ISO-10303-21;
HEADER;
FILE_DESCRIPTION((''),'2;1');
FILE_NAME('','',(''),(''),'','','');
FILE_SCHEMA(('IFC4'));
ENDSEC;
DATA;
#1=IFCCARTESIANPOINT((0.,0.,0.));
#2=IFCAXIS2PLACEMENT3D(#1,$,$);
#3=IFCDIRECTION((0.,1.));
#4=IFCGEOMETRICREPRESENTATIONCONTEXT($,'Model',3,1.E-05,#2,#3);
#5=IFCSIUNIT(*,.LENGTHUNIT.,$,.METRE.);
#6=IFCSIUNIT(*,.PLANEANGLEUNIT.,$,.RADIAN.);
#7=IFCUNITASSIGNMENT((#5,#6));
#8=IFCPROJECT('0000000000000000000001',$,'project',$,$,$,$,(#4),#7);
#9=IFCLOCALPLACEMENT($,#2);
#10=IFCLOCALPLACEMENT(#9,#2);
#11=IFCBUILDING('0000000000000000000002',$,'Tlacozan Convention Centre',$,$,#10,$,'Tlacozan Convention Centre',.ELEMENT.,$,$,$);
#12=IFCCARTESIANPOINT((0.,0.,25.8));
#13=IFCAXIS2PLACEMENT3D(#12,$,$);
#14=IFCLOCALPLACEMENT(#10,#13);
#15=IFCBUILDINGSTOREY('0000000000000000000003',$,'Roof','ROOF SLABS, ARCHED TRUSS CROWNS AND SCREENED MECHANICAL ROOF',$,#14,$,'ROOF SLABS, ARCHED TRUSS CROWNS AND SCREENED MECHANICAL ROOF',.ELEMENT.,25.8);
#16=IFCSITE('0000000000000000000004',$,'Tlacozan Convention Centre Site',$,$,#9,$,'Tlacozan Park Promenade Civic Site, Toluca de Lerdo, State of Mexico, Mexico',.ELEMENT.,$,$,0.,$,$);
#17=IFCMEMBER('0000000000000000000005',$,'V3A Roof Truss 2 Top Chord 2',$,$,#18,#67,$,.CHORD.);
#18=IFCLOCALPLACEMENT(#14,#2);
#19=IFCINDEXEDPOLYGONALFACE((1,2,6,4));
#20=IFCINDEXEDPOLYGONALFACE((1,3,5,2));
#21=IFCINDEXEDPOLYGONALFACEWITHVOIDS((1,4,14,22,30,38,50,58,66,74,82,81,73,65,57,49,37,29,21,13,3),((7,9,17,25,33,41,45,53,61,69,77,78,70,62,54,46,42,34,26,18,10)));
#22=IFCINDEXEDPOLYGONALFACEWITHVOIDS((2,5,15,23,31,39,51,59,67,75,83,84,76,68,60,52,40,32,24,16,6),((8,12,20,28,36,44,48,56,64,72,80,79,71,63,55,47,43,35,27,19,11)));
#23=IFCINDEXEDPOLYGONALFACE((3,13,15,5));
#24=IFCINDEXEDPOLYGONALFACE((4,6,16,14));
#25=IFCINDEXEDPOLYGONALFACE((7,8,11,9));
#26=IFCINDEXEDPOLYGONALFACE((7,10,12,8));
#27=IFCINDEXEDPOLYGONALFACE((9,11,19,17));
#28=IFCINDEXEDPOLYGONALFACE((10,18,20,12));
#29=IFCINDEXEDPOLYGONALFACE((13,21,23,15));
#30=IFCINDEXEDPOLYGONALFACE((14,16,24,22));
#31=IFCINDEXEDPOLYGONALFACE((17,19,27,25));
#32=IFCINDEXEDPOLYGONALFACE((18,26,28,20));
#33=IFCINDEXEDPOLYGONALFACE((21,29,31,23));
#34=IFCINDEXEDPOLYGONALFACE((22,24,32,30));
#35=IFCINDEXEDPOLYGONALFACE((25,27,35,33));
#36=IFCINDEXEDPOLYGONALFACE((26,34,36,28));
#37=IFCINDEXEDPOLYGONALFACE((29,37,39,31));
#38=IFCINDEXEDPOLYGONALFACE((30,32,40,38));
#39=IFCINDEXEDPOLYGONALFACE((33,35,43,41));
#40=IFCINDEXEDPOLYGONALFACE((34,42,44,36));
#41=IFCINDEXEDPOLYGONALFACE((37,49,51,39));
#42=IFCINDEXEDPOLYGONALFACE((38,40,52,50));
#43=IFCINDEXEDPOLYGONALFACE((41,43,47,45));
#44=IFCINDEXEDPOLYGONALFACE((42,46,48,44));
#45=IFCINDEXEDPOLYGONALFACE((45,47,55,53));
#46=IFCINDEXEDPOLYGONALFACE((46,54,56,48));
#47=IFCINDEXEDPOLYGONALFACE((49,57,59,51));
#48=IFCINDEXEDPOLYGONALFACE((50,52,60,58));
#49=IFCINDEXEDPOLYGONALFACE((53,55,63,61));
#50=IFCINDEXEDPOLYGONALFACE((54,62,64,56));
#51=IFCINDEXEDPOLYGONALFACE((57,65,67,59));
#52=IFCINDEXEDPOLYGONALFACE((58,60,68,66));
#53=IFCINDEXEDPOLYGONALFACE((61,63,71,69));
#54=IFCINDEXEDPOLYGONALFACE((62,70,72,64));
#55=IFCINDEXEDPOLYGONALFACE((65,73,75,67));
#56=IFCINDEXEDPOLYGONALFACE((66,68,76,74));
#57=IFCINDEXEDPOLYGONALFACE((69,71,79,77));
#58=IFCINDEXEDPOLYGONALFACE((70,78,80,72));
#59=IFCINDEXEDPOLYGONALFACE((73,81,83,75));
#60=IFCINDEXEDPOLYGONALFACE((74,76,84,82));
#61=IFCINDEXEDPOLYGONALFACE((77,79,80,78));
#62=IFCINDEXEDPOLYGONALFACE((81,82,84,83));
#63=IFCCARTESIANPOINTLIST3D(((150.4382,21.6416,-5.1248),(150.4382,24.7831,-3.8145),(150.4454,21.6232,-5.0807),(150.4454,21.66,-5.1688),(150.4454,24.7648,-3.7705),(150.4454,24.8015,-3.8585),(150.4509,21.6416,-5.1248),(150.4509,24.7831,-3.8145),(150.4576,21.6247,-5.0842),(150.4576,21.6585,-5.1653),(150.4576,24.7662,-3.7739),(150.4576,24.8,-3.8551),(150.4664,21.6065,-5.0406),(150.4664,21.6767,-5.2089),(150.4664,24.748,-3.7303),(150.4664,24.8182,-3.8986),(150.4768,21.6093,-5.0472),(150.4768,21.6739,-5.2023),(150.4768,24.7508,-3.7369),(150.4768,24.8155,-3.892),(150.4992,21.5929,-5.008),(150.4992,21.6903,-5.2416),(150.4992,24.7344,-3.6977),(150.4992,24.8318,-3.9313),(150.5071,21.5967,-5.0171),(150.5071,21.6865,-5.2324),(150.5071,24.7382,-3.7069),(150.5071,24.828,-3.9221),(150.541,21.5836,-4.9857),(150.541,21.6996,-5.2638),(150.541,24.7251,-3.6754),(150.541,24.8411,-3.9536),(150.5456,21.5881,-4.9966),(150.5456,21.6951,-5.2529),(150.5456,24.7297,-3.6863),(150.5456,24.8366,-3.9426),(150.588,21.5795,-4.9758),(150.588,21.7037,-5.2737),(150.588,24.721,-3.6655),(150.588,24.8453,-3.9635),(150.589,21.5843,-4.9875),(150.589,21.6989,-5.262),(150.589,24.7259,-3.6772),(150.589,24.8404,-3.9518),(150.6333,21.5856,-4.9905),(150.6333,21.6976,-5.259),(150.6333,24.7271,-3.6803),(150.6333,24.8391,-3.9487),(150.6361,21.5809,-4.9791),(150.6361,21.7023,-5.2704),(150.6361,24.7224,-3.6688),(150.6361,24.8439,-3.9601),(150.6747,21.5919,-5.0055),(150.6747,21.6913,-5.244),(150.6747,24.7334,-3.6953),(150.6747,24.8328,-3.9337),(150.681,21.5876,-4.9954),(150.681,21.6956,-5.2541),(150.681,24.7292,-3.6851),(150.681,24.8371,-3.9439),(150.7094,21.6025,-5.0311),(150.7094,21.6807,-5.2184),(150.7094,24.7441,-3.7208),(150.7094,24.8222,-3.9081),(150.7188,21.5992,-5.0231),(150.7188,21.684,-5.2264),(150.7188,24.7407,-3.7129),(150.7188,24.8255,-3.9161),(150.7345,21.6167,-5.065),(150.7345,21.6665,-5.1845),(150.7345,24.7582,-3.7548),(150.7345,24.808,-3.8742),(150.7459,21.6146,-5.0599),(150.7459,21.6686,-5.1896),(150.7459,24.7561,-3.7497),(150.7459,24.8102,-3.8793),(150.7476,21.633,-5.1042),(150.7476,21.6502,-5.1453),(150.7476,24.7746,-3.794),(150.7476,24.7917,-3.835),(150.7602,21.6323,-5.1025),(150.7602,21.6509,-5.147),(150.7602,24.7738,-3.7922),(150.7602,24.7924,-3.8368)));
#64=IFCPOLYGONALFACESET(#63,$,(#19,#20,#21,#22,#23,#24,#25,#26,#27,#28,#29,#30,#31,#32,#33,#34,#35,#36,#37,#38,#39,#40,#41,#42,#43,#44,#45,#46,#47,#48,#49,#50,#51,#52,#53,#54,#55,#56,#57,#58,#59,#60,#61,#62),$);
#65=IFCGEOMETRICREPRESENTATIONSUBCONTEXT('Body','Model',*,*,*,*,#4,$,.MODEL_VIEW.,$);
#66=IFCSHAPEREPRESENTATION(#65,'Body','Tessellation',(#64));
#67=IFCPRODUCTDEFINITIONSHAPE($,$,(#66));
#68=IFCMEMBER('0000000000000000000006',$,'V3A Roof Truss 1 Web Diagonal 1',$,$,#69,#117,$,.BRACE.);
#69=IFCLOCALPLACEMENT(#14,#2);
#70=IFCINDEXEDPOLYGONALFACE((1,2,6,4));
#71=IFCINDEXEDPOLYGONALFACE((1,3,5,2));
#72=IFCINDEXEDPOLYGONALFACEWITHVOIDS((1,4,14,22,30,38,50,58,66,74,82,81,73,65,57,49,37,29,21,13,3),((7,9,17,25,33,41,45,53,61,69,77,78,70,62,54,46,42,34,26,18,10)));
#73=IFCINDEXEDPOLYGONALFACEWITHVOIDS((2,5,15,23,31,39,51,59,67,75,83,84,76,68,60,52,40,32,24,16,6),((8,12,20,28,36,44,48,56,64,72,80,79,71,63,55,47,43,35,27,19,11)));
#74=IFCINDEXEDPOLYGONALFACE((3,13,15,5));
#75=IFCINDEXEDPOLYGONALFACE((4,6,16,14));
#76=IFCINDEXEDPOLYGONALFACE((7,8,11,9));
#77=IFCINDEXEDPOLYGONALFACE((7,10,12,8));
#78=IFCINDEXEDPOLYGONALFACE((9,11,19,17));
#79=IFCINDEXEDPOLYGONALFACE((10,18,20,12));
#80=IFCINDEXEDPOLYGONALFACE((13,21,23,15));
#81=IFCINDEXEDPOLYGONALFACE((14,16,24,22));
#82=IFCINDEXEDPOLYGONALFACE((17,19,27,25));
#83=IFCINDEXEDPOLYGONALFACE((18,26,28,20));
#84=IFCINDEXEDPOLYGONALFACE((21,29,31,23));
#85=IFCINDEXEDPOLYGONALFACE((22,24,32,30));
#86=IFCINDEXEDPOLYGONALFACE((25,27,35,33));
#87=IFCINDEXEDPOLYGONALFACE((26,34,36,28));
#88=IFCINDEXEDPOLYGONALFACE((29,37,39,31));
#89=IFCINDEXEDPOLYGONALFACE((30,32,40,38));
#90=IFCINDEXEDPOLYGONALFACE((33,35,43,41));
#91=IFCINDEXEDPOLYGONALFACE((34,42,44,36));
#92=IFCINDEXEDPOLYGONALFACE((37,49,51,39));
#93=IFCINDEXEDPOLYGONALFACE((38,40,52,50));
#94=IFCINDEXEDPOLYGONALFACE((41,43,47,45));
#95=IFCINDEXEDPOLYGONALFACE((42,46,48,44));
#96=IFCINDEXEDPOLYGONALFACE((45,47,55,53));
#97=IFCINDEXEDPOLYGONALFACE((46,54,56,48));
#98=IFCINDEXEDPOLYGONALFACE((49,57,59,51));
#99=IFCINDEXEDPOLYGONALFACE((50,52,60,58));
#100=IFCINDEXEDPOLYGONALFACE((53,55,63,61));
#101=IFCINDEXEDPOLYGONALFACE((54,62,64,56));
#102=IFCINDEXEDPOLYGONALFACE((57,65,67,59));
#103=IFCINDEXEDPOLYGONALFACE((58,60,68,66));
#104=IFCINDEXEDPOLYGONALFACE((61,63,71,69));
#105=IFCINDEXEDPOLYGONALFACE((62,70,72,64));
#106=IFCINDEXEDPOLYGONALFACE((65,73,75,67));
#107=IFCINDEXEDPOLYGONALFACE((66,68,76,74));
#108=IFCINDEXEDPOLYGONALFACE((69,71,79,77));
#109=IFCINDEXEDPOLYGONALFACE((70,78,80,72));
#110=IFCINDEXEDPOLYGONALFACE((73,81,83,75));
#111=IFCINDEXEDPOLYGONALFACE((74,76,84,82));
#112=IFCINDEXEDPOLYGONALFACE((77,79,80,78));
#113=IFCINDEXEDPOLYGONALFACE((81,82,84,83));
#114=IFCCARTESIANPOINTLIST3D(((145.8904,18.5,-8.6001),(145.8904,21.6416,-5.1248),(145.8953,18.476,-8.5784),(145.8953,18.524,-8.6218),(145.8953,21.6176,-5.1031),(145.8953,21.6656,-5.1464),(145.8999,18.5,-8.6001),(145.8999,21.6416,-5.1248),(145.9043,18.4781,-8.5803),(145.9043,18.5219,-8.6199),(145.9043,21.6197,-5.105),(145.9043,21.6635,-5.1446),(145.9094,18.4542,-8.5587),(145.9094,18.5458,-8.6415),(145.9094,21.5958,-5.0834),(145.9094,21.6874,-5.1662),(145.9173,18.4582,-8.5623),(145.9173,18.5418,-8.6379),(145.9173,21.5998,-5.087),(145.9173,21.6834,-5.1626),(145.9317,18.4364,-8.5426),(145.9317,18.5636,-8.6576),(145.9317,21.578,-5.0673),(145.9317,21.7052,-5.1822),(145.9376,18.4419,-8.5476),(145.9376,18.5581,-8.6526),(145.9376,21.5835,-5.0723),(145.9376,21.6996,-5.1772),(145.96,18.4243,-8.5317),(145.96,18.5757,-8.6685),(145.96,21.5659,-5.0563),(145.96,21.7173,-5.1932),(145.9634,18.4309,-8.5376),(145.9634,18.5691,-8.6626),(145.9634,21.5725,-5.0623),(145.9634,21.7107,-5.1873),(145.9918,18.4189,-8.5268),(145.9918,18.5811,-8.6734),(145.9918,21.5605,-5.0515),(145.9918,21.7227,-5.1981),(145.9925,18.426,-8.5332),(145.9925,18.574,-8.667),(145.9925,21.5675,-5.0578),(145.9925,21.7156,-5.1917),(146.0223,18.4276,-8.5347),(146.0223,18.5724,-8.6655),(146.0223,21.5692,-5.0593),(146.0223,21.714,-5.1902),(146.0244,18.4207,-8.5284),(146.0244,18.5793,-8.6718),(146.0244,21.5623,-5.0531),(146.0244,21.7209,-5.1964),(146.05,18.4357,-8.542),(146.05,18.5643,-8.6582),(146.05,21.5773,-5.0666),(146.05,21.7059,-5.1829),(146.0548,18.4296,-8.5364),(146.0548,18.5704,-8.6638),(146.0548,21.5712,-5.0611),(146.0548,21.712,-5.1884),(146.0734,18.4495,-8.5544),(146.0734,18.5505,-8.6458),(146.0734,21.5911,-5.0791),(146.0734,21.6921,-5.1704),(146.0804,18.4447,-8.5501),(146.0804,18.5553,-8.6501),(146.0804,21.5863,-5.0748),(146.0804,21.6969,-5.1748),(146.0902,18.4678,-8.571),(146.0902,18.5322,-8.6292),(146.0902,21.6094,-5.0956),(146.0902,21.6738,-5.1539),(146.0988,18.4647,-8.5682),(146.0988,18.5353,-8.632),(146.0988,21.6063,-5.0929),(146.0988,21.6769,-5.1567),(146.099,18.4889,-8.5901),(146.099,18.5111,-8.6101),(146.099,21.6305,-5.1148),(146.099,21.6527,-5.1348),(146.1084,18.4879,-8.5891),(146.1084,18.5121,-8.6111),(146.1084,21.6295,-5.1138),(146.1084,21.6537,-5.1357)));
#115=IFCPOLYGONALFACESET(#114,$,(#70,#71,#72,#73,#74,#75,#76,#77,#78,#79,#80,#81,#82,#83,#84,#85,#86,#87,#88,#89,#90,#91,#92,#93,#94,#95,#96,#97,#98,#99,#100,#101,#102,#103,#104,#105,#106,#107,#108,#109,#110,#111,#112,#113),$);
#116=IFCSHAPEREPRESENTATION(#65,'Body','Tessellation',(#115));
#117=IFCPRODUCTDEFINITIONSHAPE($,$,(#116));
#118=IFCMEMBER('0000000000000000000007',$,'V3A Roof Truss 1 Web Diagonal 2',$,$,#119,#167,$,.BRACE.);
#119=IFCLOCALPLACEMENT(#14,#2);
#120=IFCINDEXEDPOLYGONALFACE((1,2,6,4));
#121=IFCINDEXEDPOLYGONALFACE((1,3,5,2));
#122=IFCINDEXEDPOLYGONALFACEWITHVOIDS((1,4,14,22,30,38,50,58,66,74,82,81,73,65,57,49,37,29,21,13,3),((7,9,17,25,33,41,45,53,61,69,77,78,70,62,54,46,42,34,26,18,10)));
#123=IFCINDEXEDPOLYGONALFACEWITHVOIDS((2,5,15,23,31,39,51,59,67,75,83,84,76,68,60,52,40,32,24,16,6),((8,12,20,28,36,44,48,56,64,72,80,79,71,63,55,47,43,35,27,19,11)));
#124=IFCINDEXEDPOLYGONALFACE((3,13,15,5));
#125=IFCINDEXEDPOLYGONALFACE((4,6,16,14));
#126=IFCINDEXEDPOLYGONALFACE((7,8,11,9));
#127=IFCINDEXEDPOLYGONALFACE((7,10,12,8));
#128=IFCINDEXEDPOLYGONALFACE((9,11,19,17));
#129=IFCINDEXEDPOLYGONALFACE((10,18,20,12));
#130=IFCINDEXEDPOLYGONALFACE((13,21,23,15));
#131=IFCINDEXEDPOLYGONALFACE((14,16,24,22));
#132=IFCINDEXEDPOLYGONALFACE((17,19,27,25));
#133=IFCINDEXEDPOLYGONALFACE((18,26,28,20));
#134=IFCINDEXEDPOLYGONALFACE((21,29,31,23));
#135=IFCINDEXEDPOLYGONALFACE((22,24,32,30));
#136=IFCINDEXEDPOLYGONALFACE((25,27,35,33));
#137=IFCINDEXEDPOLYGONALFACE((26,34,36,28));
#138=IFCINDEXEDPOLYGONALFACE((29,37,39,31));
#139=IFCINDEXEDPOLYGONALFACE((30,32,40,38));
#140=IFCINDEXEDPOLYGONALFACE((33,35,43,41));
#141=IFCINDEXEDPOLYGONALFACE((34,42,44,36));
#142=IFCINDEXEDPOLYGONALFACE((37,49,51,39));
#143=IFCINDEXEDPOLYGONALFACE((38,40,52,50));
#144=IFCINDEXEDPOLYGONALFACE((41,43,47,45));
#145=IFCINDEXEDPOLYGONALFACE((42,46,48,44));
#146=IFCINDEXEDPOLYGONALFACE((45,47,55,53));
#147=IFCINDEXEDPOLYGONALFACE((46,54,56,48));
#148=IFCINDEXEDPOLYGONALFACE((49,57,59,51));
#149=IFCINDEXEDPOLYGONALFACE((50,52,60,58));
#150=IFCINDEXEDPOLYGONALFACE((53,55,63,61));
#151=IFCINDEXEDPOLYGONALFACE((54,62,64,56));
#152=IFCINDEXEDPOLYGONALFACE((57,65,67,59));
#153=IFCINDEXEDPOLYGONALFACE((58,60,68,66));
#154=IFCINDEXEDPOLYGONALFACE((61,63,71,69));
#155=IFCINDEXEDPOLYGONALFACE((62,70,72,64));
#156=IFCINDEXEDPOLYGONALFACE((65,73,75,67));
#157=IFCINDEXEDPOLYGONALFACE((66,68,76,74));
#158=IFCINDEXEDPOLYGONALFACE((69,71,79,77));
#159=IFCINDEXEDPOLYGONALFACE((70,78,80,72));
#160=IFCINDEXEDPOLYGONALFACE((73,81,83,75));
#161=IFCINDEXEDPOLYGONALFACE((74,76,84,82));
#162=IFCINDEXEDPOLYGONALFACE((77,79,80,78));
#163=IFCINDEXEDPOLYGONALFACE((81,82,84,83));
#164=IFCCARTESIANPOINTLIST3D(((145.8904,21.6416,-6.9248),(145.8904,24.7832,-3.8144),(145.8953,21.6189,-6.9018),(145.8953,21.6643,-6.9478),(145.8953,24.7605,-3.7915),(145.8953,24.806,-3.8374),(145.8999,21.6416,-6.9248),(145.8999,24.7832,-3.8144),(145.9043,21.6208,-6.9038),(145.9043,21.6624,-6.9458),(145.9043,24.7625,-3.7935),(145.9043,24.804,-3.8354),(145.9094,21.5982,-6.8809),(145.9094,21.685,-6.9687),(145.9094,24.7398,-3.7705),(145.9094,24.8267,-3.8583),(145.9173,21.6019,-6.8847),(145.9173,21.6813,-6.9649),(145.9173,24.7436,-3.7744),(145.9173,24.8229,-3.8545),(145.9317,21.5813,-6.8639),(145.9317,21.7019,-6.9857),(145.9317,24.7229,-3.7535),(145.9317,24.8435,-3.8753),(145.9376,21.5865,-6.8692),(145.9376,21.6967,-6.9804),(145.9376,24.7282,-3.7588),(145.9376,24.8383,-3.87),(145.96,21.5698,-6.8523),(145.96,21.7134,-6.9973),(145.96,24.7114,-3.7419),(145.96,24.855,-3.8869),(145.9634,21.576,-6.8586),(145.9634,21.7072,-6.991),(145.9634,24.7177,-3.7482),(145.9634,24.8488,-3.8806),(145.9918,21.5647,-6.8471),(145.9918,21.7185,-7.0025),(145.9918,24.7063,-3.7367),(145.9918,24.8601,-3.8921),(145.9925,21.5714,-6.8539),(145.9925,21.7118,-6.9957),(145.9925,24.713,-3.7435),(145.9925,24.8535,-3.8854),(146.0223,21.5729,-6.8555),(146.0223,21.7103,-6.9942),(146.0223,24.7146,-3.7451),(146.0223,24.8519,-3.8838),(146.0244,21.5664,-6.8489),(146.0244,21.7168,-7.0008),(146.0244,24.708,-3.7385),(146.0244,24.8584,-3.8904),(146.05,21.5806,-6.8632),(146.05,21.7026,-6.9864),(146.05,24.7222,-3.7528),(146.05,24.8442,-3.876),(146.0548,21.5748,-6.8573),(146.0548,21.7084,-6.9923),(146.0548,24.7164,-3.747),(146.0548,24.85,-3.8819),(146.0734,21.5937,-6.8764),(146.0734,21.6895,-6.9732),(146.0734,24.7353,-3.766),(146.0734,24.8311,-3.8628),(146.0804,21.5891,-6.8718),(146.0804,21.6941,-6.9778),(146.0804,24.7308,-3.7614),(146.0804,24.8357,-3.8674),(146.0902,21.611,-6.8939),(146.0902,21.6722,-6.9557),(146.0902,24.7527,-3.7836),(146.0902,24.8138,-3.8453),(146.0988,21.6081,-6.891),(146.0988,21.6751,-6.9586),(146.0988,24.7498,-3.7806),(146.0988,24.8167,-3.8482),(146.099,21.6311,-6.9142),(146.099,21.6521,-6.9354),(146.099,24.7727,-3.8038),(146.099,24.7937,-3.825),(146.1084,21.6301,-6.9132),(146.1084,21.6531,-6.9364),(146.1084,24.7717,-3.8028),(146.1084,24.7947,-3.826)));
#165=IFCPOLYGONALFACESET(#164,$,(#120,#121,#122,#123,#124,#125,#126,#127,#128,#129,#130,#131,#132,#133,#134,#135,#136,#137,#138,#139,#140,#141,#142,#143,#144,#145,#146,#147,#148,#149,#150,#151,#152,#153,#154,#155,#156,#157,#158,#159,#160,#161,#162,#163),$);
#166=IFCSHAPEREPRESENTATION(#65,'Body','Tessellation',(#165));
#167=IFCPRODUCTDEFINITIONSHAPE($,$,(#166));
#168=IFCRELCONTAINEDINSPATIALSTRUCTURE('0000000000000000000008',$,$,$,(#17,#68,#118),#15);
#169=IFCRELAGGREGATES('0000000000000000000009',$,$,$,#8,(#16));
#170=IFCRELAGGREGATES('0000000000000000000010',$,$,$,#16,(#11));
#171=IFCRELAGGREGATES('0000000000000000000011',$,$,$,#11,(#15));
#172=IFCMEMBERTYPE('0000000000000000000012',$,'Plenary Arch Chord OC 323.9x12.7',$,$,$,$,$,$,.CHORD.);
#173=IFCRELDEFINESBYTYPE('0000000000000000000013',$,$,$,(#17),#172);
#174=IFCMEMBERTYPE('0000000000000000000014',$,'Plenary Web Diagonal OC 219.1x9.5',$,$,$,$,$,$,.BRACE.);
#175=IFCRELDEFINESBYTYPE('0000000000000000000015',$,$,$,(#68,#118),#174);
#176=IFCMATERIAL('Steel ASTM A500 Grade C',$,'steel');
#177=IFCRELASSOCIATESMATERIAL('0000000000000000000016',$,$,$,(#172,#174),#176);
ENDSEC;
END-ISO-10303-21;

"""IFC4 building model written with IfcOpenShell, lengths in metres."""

from ifc_helpers import new_model, si_unit, direction, frame, origin, origin_2d, place, context, subcontext, project, spatial, hollow_circle, extrude, material, material_profile, profile_set, type_object, element, save


model = new_model("IFC4")

# Units and contexts
model_context = context("Model", 3, precision=1e-05, world=origin(), true_north=direction((0.0, 1.0)))
body_context = subcontext(model_context, "Body", "Model", "MODEL_VIEW")
ifc_project = project(units=[si_unit("LENGTHUNIT", "METRE"), si_unit("PLANEANGLEUNIT", "RADIAN")], contexts=[model_context])

# Site, building, storey
site_placement = place(None, origin())
site = spatial("IfcSite", under=ifc_project, at=site_placement, Name="Tlacozan Convention Centre Site", LongName="Tlacozan Park Promenade Civic Site, Toluca de Lerdo, State of Mexico, Mexico", CompositionType="ELEMENT", RefElevation=0.0)
building_placement = place(site_placement, origin())
building = spatial("IfcBuilding", under=site, at=building_placement, Name="Tlacozan Convention Centre", LongName="Tlacozan Convention Centre", CompositionType="ELEMENT")
storey_placement = place(building_placement, frame((0.0, 0.0, 25.8)))
storey = spatial("IfcBuildingStorey", under=building, at=storey_placement, Name="Roof", Description="ROOF SLABS, ARCHED TRUSS CROWNS AND SCREENED MECHANICAL ROOF", LongName="ROOF SLABS, ARCHED TRUSS CROWNS AND SCREENED MECHANICAL ROOF", CompositionType="ELEMENT", Elevation=25.8)

# Members
ifc_material_1 = material(Name="Steel ASTM A500 Grade C", Category="steel")
ifc_material_profile_1 = material_profile(ifc_material_1, hollow_circle(Radius=0.1619, WallThickness=0.0127, at=origin_2d()), Name="OC 323.9x12.7")
ifc_profile_set_1 = profile_set([ifc_material_profile_1], Name="Steel ASTM A500 Grade C")
member_type_1 = type_object("IfcMemberType", Name="Plenary Arch Chord OC 323.9x12.7", PredefinedType="CHORD", material=ifc_profile_set_1)
member_1_placement = place(storey_placement, frame((150.6001, 21.6416, -5.1248), z_axis=(0.0, 0.922941, 0.384941), x_axis=(-1.0, 0.0, 0.0)))
element("IfcMember", 1, at=member_1_placement, inside=storey, type_object=member_type_1, Name="V3A Roof Truss 2 Top Chord 2", PredefinedType="CHORD", context=body_context, shape_type="SweptSolid", body=[
    extrude(hollow_circle(Radius=0.1619, WallThickness=0.0127, at=origin_2d()), origin(), (0.0, 0.0, 1.0), 3.4038),
])
ifc_material_profile_2 = material_profile(ifc_material_1, hollow_circle(Radius=0.1096, WallThickness=0.0095, at=origin_2d()), Name="OC 219.1x9.5")
ifc_profile_set_2 = profile_set([ifc_material_profile_2], Name="Steel ASTM A500 Grade C")
member_type_2 = type_object("IfcMemberType", Name="Plenary Web Diagonal OC 219.1x9.5", PredefinedType="BRACE", material=ifc_profile_set_2)
member_2_placement = place(storey_placement, frame((146.0, 18.5, -8.6001), z_axis=(0.0, 0.67059, 0.741828), x_axis=(-1.0, 0.0, 0.0)))
element("IfcMember", 2, at=member_2_placement, inside=storey, type_object=member_type_2, Name="V3A Roof Truss 1 Web Diagonal 1", PredefinedType="BRACE", context=body_context, shape_type="SweptSolid", body=[
    extrude(hollow_circle(Radius=0.1096, WallThickness=0.0095, at=origin_2d()), origin(), (0.0, 0.0, 1.0), 4.6848),
])
member_3_placement = place(storey_placement, frame((146.0, 21.6416, -6.9248), z_axis=(0.0, 0.710632, 0.703564), x_axis=(-1.0, 0.0, 0.0)))
element("IfcMember", 3, at=member_3_placement, inside=storey, type_object=member_type_2, Name="V3A Roof Truss 1 Web Diagonal 2", PredefinedType="BRACE", context=body_context, shape_type="SweptSolid", body=[
    extrude(hollow_circle(Radius=0.1096, WallThickness=0.0095, at=origin_2d()), origin(), (0.0, 0.0, 1.0), 4.4209),
])

save(model, "model.ifc")
